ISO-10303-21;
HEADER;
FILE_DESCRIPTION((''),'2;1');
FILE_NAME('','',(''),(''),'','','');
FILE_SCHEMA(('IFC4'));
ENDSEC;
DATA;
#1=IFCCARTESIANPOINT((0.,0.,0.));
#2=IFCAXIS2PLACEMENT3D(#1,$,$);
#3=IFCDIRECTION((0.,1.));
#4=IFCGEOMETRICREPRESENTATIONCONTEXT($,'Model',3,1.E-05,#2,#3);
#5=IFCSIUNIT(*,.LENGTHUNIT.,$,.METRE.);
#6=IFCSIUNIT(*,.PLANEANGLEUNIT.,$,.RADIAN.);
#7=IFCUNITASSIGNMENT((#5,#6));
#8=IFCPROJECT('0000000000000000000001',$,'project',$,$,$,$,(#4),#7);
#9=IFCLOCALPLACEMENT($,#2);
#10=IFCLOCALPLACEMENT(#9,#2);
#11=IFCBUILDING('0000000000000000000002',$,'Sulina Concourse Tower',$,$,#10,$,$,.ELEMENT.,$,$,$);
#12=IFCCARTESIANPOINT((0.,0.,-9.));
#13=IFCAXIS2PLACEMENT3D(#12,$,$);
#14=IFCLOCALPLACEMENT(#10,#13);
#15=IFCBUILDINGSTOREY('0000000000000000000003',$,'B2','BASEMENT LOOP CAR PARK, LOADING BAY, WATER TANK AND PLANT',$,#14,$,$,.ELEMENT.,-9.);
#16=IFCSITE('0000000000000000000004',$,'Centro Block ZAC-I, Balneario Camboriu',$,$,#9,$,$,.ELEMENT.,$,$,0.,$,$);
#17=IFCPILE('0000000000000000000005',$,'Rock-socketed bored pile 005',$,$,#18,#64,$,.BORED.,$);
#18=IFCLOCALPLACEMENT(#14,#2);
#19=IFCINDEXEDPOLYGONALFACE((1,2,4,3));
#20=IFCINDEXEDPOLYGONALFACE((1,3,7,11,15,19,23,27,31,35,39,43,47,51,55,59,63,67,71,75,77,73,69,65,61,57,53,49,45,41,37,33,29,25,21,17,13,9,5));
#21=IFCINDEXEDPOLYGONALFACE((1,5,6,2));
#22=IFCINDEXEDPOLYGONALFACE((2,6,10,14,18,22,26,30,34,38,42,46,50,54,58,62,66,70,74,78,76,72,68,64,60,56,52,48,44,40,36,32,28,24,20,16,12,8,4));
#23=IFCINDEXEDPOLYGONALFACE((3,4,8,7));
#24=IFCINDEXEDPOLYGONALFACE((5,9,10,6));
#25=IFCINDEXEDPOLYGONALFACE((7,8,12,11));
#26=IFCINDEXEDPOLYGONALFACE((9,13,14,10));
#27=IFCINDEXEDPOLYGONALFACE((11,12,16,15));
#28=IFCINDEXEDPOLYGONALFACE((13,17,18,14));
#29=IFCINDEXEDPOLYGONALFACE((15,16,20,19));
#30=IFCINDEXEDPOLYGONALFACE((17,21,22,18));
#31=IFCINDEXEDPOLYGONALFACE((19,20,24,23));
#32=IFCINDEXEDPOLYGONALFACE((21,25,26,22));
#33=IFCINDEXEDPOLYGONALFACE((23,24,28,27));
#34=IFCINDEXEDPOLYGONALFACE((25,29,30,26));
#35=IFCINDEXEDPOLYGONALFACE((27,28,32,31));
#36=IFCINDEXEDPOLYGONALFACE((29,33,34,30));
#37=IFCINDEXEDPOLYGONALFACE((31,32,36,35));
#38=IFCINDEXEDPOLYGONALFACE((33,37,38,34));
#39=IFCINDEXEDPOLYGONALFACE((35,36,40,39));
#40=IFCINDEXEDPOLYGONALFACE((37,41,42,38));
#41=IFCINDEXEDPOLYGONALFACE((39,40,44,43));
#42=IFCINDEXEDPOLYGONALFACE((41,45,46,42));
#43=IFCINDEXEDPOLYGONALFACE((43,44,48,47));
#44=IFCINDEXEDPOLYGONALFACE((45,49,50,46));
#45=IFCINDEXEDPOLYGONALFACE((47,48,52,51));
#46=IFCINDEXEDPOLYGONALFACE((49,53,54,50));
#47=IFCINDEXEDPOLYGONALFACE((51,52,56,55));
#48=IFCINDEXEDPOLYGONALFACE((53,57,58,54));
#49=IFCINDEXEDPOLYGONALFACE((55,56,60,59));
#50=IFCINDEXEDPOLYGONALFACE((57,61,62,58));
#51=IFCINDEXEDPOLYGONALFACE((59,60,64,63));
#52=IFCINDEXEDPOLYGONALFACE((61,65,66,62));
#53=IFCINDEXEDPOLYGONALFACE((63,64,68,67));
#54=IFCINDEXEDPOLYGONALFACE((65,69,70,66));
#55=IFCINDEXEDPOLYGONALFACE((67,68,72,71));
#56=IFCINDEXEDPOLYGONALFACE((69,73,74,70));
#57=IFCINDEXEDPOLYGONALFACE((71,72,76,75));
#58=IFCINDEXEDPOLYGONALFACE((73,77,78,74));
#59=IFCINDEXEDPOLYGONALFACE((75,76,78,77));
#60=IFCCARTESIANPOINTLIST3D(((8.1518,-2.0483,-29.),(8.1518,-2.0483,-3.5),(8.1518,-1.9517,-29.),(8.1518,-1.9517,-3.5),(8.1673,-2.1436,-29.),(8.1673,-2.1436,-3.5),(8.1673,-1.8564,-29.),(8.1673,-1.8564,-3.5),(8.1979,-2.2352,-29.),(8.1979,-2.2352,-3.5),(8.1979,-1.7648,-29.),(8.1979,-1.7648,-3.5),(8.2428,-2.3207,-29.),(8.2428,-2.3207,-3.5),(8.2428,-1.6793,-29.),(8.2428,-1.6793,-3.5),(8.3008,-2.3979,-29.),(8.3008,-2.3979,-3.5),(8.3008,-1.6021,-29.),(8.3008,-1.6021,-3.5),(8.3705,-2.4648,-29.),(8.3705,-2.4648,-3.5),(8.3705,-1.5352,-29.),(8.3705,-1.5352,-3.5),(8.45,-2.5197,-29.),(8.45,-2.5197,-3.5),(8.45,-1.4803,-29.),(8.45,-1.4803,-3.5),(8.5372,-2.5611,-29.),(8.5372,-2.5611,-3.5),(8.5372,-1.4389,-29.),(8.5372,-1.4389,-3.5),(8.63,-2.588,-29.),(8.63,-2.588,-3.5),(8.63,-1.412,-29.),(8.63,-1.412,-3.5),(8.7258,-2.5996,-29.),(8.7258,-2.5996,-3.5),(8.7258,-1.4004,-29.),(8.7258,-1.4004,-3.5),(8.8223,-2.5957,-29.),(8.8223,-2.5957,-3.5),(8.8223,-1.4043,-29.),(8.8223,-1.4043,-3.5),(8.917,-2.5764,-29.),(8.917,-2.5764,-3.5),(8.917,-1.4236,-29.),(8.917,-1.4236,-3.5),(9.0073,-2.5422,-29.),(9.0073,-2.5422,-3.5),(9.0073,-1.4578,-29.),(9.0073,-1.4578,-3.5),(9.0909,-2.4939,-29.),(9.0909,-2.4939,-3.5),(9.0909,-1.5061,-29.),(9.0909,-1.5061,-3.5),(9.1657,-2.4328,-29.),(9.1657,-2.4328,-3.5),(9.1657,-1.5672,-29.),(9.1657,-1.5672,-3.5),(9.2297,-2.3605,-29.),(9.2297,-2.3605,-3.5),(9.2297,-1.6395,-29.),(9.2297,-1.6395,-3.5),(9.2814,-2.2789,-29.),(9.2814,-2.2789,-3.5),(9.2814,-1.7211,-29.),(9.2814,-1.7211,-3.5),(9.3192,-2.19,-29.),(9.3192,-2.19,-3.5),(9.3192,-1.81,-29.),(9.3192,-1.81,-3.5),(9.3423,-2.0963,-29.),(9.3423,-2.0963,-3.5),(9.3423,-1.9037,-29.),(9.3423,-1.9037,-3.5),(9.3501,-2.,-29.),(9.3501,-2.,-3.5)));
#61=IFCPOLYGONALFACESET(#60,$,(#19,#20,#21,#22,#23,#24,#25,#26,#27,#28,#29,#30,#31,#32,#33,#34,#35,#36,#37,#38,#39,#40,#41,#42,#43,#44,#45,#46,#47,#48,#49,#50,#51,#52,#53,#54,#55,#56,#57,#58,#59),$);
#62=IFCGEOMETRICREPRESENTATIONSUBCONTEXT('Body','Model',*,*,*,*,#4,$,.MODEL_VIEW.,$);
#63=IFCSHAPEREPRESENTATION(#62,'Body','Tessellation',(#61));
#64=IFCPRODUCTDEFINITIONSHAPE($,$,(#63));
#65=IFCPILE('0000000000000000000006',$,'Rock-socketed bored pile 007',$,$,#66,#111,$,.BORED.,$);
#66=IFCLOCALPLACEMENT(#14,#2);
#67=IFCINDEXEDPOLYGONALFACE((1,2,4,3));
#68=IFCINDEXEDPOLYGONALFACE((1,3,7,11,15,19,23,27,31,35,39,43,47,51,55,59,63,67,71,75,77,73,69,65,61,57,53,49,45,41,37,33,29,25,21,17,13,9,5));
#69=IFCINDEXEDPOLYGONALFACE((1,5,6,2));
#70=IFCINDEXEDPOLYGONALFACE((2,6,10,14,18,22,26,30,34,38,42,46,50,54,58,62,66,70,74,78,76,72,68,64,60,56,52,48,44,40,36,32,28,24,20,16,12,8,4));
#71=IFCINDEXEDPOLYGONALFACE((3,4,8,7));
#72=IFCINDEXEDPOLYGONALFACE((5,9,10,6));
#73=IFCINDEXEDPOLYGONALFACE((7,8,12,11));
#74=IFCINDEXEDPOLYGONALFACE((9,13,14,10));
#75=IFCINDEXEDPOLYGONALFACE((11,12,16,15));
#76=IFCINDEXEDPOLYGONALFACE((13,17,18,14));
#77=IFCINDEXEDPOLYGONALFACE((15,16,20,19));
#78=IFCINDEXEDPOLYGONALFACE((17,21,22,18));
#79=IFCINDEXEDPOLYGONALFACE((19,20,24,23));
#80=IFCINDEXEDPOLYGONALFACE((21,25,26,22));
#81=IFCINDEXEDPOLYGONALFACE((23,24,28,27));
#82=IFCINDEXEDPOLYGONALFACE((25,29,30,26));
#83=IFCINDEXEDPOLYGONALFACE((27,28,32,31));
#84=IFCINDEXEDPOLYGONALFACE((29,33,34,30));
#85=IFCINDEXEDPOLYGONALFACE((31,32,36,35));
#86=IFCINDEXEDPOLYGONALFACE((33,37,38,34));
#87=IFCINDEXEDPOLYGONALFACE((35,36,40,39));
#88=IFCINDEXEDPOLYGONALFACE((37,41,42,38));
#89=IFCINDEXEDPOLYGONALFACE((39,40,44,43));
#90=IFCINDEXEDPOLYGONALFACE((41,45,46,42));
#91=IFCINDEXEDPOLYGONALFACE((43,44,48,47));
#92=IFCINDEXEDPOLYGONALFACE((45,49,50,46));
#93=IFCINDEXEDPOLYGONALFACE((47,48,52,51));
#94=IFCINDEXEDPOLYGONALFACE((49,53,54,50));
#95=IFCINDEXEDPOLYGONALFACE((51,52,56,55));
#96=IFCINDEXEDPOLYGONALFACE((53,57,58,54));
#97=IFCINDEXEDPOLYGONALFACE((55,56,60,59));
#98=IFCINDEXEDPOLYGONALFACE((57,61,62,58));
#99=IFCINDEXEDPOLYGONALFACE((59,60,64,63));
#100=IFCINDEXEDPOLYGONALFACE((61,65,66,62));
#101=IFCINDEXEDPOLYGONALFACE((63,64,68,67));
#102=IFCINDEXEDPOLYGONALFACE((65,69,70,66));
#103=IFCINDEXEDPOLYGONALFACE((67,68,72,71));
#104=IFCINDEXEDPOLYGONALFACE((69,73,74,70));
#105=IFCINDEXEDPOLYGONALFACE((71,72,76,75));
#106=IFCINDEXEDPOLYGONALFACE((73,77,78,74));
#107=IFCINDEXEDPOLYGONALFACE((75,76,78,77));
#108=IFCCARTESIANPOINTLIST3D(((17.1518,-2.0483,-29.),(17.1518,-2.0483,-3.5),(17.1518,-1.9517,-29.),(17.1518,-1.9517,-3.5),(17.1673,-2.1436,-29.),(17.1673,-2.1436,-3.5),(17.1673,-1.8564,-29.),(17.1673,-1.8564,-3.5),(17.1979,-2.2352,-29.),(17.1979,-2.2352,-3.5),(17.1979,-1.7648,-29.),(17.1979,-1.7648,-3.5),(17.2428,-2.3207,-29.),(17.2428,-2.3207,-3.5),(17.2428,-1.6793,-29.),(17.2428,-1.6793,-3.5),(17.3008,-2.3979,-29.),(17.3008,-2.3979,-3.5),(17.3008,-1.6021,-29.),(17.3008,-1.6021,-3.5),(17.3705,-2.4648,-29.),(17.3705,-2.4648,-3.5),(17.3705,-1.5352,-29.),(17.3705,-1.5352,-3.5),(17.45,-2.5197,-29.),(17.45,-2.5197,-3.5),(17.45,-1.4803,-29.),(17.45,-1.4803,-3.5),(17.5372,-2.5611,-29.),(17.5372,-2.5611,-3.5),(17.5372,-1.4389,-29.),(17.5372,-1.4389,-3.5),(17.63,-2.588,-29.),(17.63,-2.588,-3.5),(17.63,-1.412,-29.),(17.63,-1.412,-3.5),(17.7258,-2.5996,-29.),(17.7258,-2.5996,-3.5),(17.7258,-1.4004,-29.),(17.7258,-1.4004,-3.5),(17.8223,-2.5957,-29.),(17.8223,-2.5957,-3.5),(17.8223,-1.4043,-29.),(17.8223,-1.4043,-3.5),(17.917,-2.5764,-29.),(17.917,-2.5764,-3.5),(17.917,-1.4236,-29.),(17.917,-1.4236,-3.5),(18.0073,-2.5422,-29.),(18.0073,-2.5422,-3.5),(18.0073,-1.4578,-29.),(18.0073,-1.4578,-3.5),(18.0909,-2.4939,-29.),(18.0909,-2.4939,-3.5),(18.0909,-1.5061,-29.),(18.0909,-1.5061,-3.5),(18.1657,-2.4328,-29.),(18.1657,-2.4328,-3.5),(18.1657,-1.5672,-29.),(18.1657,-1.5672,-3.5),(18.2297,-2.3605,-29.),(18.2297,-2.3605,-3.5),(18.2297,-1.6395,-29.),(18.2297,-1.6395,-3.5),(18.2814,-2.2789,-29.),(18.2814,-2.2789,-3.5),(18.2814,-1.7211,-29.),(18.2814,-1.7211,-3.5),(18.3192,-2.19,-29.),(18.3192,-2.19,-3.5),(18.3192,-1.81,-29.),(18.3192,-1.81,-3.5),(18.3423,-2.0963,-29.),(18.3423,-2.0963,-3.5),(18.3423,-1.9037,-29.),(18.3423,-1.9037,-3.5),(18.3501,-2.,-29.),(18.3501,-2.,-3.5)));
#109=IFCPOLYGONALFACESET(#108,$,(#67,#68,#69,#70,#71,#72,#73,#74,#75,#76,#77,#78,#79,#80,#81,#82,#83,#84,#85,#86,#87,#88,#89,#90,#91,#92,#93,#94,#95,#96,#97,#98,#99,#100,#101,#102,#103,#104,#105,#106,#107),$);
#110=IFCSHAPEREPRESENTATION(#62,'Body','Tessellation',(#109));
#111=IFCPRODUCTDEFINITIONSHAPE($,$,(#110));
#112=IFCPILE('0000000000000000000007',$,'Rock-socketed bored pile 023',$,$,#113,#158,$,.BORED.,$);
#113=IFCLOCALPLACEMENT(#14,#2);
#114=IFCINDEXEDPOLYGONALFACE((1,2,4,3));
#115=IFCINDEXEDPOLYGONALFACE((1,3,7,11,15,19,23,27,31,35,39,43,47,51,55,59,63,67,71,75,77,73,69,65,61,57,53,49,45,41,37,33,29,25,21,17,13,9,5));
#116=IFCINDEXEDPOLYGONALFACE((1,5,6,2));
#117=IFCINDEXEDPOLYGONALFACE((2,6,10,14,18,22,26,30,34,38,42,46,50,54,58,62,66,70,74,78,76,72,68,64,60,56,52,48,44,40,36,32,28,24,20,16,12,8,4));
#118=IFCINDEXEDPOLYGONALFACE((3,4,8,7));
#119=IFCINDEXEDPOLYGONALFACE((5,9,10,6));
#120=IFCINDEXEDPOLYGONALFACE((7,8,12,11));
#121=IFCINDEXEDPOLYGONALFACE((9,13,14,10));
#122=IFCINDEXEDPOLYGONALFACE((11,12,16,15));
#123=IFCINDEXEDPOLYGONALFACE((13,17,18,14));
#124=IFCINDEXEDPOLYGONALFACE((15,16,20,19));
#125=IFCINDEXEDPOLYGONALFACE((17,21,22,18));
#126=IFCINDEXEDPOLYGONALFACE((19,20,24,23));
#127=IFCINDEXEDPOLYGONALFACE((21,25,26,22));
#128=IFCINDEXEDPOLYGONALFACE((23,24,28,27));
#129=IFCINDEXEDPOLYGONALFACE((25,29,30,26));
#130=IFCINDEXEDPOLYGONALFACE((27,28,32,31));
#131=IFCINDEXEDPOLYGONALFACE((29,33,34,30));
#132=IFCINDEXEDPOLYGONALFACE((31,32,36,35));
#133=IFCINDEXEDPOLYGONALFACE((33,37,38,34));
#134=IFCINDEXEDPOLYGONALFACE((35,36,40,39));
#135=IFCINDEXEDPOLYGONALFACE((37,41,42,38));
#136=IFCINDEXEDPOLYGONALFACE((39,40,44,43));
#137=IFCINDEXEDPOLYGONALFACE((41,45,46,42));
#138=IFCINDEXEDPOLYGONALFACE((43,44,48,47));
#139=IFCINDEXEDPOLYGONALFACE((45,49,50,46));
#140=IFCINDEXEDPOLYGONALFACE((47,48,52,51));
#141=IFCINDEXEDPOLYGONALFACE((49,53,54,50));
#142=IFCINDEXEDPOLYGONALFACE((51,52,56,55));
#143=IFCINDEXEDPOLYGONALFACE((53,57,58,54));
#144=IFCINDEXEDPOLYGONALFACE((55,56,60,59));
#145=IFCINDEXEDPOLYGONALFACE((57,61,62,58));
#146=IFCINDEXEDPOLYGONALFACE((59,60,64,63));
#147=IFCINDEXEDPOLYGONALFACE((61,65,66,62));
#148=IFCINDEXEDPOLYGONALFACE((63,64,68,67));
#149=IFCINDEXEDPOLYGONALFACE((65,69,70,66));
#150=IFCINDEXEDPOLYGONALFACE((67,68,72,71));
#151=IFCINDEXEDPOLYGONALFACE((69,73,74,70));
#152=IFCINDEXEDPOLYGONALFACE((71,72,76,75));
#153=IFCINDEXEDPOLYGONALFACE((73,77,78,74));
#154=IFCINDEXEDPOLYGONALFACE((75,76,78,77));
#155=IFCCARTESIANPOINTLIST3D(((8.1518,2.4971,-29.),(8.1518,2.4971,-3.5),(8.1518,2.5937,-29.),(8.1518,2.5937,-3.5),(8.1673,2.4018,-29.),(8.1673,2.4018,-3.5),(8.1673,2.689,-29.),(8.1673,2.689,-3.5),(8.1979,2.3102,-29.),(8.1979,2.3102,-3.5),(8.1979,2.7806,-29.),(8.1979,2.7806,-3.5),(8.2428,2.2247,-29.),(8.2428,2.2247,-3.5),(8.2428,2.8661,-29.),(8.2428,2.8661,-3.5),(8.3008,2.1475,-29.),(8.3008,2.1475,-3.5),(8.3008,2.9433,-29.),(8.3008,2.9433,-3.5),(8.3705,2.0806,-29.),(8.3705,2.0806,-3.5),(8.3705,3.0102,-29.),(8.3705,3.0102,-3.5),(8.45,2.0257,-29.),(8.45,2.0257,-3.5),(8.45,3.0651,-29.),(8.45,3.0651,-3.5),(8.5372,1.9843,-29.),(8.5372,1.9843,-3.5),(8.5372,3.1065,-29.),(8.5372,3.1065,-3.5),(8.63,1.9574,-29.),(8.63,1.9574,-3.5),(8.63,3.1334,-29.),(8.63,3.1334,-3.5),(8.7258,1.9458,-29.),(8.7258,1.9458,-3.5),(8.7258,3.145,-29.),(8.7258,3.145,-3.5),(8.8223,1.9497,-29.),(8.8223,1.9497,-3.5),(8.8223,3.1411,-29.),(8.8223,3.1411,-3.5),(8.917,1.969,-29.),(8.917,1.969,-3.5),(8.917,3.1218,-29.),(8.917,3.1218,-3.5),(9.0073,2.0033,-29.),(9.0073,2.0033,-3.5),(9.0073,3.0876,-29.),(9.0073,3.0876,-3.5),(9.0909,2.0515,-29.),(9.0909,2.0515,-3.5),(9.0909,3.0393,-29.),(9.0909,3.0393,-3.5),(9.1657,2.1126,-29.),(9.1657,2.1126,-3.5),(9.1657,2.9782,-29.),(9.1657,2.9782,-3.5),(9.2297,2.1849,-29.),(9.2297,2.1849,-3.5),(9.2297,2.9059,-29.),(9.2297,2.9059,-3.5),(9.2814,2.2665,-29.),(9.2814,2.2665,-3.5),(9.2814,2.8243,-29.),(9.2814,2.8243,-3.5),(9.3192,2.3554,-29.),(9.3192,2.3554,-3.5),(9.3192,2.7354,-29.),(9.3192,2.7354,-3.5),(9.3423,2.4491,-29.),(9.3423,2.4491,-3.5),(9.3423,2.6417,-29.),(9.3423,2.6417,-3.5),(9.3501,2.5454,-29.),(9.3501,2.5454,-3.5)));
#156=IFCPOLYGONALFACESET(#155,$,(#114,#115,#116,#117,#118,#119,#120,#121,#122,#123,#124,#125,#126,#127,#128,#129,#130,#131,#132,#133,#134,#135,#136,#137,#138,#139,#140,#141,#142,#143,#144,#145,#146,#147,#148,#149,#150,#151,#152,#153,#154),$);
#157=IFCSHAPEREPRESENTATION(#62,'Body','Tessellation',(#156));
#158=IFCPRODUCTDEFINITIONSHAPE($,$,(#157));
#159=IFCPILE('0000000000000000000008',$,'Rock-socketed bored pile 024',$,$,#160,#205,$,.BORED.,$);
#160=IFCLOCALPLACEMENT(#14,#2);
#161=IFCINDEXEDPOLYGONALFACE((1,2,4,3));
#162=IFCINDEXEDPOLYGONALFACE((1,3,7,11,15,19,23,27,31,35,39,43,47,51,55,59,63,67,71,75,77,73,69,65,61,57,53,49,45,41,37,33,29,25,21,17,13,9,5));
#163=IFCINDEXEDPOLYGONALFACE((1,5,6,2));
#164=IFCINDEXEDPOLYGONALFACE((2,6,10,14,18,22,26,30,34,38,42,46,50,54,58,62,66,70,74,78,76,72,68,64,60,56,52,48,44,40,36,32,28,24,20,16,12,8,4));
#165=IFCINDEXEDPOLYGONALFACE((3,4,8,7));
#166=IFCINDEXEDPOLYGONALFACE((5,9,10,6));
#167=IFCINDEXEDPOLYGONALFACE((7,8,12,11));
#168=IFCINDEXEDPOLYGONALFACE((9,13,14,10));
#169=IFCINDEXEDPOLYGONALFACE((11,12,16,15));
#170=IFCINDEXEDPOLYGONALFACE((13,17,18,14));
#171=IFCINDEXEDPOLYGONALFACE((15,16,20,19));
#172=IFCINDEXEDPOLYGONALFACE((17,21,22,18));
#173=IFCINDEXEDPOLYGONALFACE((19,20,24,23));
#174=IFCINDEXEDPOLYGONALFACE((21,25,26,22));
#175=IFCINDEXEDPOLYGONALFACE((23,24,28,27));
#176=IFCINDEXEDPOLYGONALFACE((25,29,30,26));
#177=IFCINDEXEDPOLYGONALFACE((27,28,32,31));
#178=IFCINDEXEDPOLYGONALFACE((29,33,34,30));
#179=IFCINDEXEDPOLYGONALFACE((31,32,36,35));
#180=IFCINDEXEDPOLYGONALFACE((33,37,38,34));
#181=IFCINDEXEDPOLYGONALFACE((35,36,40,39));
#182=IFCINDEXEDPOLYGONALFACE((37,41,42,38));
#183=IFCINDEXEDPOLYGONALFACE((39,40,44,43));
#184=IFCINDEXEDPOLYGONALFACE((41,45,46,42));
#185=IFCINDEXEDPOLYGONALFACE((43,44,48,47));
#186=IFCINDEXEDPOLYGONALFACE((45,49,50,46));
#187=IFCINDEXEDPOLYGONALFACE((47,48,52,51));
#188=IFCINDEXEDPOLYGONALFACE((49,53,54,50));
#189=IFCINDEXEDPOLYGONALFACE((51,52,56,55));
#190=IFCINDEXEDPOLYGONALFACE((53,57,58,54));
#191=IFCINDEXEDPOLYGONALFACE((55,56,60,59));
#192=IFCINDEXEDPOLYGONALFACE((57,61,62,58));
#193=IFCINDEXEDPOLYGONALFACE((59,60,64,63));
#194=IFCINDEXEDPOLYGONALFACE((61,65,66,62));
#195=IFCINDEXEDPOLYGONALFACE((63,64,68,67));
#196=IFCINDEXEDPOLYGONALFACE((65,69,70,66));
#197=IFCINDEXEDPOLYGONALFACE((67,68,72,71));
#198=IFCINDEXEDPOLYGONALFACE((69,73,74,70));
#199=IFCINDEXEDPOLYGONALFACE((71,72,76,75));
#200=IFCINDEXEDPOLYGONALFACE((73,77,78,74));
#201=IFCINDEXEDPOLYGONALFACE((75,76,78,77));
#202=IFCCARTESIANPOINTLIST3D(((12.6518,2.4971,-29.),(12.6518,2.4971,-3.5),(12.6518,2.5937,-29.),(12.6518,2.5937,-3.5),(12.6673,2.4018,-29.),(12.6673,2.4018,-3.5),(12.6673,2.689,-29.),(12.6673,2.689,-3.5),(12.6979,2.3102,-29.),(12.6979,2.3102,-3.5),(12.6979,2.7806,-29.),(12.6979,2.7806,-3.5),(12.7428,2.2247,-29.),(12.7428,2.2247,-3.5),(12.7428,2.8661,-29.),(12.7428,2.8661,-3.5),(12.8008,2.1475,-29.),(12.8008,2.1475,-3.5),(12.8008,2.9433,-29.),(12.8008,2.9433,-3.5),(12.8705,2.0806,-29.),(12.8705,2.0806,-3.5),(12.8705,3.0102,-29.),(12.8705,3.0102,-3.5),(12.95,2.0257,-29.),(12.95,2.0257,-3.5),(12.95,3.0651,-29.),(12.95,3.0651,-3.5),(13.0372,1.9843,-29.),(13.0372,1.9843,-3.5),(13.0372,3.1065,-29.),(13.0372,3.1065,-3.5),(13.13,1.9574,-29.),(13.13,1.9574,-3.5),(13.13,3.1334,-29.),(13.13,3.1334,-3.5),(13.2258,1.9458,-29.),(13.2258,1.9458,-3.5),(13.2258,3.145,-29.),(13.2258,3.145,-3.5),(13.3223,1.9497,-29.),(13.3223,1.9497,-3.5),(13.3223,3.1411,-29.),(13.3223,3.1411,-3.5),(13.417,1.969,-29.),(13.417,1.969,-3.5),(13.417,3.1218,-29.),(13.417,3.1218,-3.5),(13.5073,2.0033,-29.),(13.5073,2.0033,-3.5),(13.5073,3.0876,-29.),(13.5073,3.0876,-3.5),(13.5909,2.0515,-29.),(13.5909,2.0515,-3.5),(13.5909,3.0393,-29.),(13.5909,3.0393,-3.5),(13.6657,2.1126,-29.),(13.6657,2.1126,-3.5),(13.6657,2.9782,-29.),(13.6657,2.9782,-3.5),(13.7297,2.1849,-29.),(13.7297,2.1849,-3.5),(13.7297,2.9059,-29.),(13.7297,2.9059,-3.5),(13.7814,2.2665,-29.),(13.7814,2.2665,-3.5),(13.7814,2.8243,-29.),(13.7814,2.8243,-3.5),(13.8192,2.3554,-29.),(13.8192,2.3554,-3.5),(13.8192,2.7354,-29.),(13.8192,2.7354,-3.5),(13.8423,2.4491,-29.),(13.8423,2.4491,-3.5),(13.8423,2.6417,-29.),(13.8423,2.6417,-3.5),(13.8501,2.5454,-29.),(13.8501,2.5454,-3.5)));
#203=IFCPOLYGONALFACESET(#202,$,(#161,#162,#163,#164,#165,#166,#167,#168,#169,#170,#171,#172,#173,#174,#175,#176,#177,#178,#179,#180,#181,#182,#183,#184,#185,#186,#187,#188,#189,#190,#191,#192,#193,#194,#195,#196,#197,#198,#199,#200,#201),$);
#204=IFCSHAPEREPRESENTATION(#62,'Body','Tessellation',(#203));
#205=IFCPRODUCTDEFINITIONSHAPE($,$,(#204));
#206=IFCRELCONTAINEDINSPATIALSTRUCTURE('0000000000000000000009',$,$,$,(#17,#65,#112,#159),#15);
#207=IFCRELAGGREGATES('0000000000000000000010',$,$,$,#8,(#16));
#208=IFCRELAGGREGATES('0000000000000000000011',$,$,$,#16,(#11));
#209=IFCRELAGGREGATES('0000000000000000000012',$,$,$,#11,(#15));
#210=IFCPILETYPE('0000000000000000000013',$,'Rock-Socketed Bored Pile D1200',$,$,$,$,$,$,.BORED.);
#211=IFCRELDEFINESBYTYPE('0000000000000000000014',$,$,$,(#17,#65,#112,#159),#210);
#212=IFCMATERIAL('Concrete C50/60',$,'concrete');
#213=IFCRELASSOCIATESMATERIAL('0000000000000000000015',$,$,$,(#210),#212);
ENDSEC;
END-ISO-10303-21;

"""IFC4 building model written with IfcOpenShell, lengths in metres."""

from ifc_helpers import new_model, si_unit, direction, frame, origin, origin_2d, place, context, subcontext, project, spatial, circle, extrude, material, material_profile, profile_set, type_object, element, save


model = new_model("IFC4")

# Units and contexts
model_context = context("Model", 3, precision=1e-05, world=origin(), true_north=direction((0.0, 1.0)))
body_context = subcontext(model_context, "Body", "Model", "MODEL_VIEW")
ifc_project = project(units=[si_unit("LENGTHUNIT", "METRE"), si_unit("PLANEANGLEUNIT", "RADIAN")], contexts=[model_context])

# Site, building, storey
site_placement = place(None, origin())
site = spatial("IfcSite", under=ifc_project, at=site_placement, Name="Centro Block ZAC-I, Balneario Camboriu", CompositionType="ELEMENT", RefElevation=0.0)
building_placement = place(site_placement, origin())
building = spatial("IfcBuilding", under=site, at=building_placement, Name="Sulina Concourse Tower", CompositionType="ELEMENT")
storey_placement = place(building_placement, frame((0.0, 0.0, -9.0)))
storey = spatial("IfcBuildingStorey", under=building, at=storey_placement, Name="B2", Description="BASEMENT LOOP CAR PARK, LOADING BAY, WATER TANK AND PLANT", CompositionType="ELEMENT", Elevation=-9.0)

# Piles
ifc_material_1 = material(Name="Concrete C50/60", Category="concrete")
ifc_material_profile_1 = material_profile(ifc_material_1, circle(Radius=0.6001, at=origin_2d()), Name="PILE D1200")
ifc_profile_set_1 = profile_set([ifc_material_profile_1], Name="Concrete C50/60")
pile_type_1 = type_object("IfcPileType", Name="Rock-Socketed Bored Pile D1200", PredefinedType="BORED", material=ifc_profile_set_1)
for number, where, z_axis, x_axis, name in (
    (1, (8.75, -2.0, -3.5), (0.0, 0.0, -1.0), (1.0, 0.0, 0.0), "Rock-socketed bored pile 005"),
    (2, (17.75, -2.0, -3.5), (0.0, 0.0, -1.0), (1.0, 0.0, 0.0), "Rock-socketed bored pile 007"),
    (3, (8.75, 2.5454, -3.5), (0.0, 0.0, -1.0), (1.0, 0.0, 0.0), "Rock-socketed bored pile 023"),
    (4, (13.25, 2.5454, -3.5), (0.0, 0.0, -1.0), (1.0, 0.0, 0.0), "Rock-socketed bored pile 024"),
):
    element("IfcPile", number, at=place(storey_placement, frame(where, z_axis=z_axis, x_axis=x_axis)), inside=storey, type_object=pile_type_1, Name=name, PredefinedType="BORED", context=body_context, shape_type="SweptSolid", body=[
        extrude(circle(Radius=0.6001, at=origin_2d()), origin(), (0.0, 0.0, 1.0), 25.5),
    ])

save(model, "model.ifc")
